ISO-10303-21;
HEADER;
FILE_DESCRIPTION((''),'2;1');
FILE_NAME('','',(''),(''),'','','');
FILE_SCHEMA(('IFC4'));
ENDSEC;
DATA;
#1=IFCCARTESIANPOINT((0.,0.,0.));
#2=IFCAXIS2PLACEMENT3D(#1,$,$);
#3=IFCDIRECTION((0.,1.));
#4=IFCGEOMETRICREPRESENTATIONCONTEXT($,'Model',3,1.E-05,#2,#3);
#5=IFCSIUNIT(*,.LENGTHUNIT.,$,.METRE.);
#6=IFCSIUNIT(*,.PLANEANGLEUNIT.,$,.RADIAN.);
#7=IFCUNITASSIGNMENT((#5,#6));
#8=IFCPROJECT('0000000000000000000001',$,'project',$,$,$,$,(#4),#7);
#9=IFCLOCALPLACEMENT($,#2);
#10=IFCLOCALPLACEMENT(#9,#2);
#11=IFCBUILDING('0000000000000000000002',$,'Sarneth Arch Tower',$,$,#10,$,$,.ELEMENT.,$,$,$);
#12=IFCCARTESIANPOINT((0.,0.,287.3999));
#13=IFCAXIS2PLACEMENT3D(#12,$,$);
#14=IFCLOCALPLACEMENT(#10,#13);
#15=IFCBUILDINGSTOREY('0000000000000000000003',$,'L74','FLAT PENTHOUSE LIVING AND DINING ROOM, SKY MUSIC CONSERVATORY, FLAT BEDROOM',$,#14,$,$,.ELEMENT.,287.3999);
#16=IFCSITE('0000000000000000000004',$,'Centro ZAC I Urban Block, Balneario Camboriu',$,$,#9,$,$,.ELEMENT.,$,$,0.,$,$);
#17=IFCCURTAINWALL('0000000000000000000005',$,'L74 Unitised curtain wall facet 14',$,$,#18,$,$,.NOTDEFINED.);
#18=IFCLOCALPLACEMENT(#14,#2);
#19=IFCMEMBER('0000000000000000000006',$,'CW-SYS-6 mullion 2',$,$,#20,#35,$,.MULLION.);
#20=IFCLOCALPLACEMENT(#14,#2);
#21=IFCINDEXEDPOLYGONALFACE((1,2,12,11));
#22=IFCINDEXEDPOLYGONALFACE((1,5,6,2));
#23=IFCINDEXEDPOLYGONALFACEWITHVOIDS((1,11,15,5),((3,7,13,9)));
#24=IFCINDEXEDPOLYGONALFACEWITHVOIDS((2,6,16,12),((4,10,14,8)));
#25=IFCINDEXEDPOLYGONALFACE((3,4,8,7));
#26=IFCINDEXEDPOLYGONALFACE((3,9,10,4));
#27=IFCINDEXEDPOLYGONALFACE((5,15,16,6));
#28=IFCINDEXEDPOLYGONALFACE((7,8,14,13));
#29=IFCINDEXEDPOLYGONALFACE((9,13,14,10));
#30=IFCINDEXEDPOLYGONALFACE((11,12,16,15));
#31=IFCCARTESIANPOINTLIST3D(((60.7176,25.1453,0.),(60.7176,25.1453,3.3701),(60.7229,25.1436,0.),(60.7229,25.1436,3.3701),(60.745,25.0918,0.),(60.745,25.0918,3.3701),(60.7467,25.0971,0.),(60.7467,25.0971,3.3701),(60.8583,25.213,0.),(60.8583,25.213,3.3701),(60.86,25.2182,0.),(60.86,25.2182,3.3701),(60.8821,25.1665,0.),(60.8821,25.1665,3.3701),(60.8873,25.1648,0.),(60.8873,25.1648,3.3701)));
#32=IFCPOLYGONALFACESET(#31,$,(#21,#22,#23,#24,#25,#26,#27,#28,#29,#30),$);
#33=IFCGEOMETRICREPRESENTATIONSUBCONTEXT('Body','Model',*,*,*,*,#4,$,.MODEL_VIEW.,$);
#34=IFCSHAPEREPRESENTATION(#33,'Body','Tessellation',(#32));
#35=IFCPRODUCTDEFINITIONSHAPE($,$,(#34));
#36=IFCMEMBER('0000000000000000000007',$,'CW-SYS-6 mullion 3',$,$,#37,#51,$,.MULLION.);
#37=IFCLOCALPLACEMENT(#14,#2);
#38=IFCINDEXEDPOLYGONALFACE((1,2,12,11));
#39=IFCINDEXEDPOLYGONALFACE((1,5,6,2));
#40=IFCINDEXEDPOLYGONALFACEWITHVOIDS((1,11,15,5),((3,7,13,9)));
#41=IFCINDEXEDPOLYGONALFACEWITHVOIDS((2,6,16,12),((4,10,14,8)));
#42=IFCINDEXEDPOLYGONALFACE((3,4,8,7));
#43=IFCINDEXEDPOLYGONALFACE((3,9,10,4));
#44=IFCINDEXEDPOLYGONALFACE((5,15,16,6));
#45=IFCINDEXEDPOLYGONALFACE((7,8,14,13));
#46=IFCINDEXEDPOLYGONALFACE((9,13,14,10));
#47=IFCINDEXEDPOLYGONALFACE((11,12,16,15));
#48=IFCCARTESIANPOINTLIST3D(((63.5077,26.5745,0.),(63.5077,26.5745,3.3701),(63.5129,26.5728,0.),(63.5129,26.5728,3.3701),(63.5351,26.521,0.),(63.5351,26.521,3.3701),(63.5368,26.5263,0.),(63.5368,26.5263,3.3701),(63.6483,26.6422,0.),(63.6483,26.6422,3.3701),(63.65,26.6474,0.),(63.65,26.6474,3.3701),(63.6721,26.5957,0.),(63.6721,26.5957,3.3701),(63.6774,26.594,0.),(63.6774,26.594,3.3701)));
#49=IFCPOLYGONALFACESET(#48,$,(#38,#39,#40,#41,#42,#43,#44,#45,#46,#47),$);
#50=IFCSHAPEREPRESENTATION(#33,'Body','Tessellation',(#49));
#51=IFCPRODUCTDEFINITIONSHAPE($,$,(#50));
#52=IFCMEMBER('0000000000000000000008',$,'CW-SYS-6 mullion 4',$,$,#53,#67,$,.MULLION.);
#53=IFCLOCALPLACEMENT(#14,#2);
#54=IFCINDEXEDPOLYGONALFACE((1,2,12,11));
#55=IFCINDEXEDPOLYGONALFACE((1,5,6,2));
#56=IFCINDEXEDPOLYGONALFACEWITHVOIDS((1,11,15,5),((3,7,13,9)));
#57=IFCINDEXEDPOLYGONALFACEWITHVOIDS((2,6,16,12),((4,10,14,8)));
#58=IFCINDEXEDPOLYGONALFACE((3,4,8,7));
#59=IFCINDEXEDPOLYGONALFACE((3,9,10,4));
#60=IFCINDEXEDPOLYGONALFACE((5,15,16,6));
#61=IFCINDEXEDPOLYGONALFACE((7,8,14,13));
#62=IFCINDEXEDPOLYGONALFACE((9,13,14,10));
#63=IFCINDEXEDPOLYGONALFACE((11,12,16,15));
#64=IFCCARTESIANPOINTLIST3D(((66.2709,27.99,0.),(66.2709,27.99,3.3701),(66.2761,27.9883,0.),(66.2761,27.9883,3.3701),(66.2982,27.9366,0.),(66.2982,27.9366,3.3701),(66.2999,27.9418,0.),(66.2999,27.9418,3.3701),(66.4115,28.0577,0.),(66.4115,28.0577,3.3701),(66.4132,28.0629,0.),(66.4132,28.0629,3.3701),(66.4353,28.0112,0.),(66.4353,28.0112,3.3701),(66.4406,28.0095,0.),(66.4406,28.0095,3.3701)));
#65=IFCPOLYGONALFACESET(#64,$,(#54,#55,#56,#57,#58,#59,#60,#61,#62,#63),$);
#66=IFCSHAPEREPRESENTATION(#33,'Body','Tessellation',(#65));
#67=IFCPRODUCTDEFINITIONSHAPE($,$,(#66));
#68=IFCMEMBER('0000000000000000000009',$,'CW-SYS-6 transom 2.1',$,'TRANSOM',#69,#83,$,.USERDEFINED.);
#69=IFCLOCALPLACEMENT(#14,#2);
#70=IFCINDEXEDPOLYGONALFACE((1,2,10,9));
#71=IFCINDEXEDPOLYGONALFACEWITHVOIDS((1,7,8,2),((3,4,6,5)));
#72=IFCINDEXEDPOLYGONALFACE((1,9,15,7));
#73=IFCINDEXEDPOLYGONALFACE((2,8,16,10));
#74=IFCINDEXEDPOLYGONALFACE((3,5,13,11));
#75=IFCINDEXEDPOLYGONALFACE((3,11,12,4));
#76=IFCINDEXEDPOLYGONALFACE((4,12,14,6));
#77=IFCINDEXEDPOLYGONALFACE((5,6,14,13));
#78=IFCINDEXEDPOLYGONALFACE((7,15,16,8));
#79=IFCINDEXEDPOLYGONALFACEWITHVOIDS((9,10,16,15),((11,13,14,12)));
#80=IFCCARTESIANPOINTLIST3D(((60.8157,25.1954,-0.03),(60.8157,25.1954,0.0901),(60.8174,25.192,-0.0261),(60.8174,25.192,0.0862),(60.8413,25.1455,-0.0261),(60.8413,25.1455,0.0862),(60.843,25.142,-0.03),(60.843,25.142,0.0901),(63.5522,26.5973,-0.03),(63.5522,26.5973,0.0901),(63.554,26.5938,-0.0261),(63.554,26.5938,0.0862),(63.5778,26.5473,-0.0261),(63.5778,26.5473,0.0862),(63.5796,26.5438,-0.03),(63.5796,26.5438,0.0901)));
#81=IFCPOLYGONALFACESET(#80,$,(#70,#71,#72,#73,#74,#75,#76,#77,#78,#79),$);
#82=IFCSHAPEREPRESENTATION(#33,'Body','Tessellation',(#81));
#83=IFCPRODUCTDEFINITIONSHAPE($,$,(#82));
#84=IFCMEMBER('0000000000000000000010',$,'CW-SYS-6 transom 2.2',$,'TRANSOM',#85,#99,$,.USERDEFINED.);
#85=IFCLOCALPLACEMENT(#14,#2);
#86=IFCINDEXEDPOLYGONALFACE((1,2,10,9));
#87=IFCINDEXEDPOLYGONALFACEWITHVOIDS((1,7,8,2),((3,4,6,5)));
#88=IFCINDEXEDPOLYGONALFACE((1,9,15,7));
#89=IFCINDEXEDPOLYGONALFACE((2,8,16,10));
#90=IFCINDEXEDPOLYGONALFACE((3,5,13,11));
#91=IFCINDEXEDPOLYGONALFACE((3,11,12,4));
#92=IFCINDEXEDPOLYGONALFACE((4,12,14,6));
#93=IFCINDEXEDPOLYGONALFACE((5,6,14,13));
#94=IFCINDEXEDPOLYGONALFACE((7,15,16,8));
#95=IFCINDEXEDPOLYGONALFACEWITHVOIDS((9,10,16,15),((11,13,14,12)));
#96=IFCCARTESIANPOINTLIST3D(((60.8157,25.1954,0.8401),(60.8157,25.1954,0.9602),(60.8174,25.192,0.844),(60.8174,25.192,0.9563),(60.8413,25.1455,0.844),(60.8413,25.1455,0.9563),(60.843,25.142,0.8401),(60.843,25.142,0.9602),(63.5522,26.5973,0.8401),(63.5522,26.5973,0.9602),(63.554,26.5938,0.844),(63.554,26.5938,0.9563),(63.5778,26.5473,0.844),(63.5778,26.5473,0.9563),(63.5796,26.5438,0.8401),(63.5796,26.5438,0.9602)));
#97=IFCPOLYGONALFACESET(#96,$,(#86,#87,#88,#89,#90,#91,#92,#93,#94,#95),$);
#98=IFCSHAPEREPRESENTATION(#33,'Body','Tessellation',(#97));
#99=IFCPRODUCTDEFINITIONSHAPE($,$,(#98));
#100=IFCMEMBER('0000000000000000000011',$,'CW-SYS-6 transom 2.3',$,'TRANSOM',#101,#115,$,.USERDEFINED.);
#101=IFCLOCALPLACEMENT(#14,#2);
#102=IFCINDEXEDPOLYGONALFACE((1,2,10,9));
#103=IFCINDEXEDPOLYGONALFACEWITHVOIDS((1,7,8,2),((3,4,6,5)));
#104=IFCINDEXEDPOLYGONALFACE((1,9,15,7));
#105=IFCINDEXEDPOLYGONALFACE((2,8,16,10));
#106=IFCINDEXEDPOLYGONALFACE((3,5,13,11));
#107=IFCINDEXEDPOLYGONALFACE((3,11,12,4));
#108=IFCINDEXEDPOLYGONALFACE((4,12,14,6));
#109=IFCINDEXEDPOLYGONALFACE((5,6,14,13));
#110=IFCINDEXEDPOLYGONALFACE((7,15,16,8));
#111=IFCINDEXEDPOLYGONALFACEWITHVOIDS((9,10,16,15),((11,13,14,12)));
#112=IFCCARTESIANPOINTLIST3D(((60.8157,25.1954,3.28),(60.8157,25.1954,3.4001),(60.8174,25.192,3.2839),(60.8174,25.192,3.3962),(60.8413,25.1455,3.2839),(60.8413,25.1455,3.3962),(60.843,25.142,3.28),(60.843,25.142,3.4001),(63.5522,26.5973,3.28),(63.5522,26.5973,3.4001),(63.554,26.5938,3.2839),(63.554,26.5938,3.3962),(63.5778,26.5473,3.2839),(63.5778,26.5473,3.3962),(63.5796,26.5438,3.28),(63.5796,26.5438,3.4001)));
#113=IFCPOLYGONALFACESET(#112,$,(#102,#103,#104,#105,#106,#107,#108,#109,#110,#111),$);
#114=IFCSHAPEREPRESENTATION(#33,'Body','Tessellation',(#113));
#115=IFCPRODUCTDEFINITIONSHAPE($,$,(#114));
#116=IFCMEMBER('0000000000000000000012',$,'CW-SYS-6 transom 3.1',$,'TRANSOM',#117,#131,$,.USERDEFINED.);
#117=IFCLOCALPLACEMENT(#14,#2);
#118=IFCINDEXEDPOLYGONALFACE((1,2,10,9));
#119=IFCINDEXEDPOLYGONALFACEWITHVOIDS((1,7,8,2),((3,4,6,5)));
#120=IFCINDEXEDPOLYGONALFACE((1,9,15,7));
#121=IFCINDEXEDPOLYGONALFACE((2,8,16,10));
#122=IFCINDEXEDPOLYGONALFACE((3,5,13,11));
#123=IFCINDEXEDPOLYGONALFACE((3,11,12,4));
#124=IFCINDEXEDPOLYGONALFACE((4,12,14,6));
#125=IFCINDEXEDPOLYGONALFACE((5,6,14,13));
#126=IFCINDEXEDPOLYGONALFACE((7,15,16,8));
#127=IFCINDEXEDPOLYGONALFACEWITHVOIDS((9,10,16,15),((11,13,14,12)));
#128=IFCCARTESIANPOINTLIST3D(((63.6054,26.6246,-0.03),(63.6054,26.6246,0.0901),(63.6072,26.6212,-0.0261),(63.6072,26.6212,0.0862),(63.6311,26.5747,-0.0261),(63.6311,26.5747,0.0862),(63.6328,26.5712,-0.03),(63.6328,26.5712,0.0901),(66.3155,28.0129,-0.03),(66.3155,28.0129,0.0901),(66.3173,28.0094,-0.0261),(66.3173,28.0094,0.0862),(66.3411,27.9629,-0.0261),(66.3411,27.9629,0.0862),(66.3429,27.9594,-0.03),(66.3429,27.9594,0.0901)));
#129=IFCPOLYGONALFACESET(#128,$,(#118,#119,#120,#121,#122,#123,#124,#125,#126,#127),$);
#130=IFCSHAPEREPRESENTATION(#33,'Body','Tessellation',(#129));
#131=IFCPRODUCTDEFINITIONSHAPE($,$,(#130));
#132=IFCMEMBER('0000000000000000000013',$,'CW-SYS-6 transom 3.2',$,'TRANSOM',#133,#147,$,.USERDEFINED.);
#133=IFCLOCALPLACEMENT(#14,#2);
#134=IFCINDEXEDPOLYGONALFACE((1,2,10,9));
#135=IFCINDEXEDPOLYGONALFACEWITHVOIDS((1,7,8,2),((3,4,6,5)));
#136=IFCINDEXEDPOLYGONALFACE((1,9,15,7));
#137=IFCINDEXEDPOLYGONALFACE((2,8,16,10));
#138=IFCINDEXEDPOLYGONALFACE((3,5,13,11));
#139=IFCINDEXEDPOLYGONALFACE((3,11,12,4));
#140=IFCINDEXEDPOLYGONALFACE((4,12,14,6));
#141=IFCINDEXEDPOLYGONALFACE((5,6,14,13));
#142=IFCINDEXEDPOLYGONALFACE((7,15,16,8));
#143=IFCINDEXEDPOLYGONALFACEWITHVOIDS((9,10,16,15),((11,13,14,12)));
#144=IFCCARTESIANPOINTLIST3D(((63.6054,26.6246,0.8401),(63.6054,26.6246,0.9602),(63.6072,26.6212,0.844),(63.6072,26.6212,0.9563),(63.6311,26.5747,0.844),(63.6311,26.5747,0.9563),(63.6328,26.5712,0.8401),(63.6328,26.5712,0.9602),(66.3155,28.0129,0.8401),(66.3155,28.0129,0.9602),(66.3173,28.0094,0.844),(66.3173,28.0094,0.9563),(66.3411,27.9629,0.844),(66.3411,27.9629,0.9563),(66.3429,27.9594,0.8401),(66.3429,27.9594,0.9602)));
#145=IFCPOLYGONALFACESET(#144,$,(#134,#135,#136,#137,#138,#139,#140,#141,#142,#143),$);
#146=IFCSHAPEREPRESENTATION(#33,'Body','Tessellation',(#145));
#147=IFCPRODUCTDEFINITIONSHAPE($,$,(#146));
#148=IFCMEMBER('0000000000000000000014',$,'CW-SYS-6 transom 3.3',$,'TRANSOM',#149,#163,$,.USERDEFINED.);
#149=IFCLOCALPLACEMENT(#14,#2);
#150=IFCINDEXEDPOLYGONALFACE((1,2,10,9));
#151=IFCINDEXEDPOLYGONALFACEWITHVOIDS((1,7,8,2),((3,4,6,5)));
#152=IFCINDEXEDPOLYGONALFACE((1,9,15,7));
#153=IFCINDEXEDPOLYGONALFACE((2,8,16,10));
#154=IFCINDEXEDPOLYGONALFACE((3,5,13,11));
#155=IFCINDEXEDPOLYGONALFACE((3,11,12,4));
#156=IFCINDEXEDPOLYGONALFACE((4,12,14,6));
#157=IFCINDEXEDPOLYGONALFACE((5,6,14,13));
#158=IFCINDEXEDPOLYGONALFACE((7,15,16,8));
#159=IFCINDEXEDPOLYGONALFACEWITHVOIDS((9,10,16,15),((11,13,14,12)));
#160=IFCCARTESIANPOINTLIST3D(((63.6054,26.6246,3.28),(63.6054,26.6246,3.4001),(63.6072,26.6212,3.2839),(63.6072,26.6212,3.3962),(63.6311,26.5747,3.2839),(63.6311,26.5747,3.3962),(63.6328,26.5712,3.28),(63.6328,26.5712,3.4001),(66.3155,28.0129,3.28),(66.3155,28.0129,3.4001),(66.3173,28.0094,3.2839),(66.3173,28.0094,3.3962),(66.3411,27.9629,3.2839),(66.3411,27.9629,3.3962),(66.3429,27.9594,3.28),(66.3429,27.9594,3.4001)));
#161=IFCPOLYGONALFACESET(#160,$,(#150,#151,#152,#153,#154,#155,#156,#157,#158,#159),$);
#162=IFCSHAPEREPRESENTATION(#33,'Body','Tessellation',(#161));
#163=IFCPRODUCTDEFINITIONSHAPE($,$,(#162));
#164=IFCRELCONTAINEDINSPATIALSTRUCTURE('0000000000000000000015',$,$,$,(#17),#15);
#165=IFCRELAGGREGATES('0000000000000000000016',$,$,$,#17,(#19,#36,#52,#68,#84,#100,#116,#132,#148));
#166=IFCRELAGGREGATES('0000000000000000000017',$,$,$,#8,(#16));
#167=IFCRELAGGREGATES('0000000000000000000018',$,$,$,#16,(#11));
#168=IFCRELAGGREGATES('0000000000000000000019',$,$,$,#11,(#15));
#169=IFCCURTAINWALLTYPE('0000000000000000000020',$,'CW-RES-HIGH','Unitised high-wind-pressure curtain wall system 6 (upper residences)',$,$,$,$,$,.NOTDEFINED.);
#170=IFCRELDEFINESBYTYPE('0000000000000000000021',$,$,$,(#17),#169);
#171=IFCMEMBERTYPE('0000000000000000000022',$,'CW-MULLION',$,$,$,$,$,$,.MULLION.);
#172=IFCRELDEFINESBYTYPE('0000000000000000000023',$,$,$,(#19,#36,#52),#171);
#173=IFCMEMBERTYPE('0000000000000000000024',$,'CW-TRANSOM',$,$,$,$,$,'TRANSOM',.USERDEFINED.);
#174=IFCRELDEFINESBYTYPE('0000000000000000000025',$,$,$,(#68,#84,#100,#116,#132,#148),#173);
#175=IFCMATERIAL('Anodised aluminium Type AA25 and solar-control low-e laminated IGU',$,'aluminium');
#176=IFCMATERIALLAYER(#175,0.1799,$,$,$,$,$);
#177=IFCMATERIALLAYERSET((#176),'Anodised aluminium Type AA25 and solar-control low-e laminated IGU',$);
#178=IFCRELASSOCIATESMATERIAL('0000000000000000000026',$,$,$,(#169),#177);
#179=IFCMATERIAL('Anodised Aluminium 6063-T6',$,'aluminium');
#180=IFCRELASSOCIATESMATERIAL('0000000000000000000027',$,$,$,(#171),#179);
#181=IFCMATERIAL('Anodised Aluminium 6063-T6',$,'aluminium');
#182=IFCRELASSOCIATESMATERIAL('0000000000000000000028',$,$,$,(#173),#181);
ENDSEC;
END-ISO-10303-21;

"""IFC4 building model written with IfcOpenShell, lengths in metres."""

from ifc_helpers import new_model, si_unit, direction, frame, origin, origin_2d, place, context, subcontext, project, spatial, hollow_rectangle, extrude, material, layer, layer_set, material_profile, profile_set, type_object, element, aggregate, save


model = new_model("IFC4")

# Units and contexts
model_context = context("Model", 3, precision=1e-05, world=origin(), true_north=direction((0.0, 1.0)))
body_context = subcontext(model_context, "Body", "Model", "MODEL_VIEW")
ifc_project = project(units=[si_unit("LENGTHUNIT", "METRE"), si_unit("PLANEANGLEUNIT", "RADIAN")], contexts=[model_context])

# Site, building, storey
site_placement = place(None, origin())
site = spatial("IfcSite", under=ifc_project, at=site_placement, Name="Centro ZAC I Urban Block, Balneario Camboriu", CompositionType="ELEMENT", RefElevation=0.0)
building_placement = place(site_placement, origin())
building = spatial("IfcBuilding", under=site, at=building_placement, Name="Sarneth Arch Tower", CompositionType="ELEMENT")
storey_placement = place(building_placement, frame((0.0, 0.0, 287.3999)))
storey = spatial("IfcBuildingStorey", under=building, at=storey_placement, Name="L74", Description="FLAT PENTHOUSE LIVING AND DINING ROOM, SKY MUSIC CONSERVATORY, FLAT BEDROOM", CompositionType="ELEMENT", Elevation=287.3999)

# Curtain wall, members
ifc_material_1 = material(Name="Anodised aluminium Type AA25 and solar-control low-e laminated IGU", Category="aluminium")
ifc_layer_1 = layer(ifc_material_1, 0.1799)
ifc_layer_set_1 = layer_set([ifc_layer_1], Name="Anodised aluminium Type AA25 and solar-control low-e laminated IGU")
curtain_wall_type = type_object("IfcCurtainWallType", Name="CW-RES-HIGH", Description="Unitised high-wind-pressure curtain wall system 6 (upper residences)", PredefinedType="NOTDEFINED", material=ifc_layer_set_1)
curtain_wall_placement = place(storey_placement, origin())
curtain_wall = element("IfcCurtainWall", 1, at=curtain_wall_placement, inside=storey, type_object=curtain_wall_type, Name="L74 Unitised curtain wall facet 14", PredefinedType="NOTDEFINED")
ifc_material_2 = material(Name="Anodised Aluminium 6063-T6", Category="aluminium")
ifc_material_profile_1 = material_profile(ifc_material_2, hollow_rectangle(XDim=0.0601, YDim=0.1599, WallThickness=0.0039, at=origin_2d()), Name="AL-MULL-160x60x4")
ifc_profile_set_1 = profile_set([ifc_material_profile_1], Name="Anodised Aluminium 6063-T6")
member_type_1 = type_object("IfcMemberType", Name="CW-MULLION", PredefinedType="MULLION", material=ifc_profile_set_1)
member_1_placement = place(storey_placement, frame((60.8025, 25.155, 0.0), z_axis=(0.0, 0.0, 1.0), x_axis=(-0.455942, 0.89001, 0.0)))
member_1 = element("IfcMember", 2, at=member_1_placement, type_object=member_type_1, Name="CW-SYS-6 mullion 2", PredefinedType="MULLION", context=body_context, shape_type="SweptSolid", body=[
    extrude(hollow_rectangle(XDim=0.0601, YDim=0.1599, WallThickness=0.0039, at=origin_2d()), origin(), (0.0, 0.0, 1.0), 3.3701),
])
member_2_placement = place(storey_placement, frame((63.5925, 26.5842, 0.0), z_axis=(0.0, 0.0, 1.0), x_axis=(-0.455942, 0.89001, 0.0)))
member_2 = element("IfcMember", 3, at=member_2_placement, type_object=member_type_1, Name="CW-SYS-6 mullion 3", PredefinedType="MULLION", context=body_context, shape_type="SweptSolid", body=[
    extrude(hollow_rectangle(XDim=0.0601, YDim=0.1599, WallThickness=0.0039, at=origin_2d()), origin(), (0.0, 0.0, 1.0), 3.3701),
])
member_3_placement = place(storey_placement, frame((66.3557, 27.9998, 0.0), z_axis=(0.0, 0.0, 1.0), x_axis=(-0.455942, 0.89001, 0.0)))
member_3 = element("IfcMember", 4, at=member_3_placement, type_object=member_type_1, Name="CW-SYS-6 mullion 4", PredefinedType="MULLION", context=body_context, shape_type="SweptSolid", body=[
    extrude(hollow_rectangle(XDim=0.0601, YDim=0.1599, WallThickness=0.0039, at=origin_2d()), origin(), (0.0, 0.0, 1.0), 3.3701),
])
ifc_material_3 = material(Name="Anodised Aluminium 6063-T6", Category="aluminium")
ifc_material_profile_2 = material_profile(ifc_material_3, hollow_rectangle(XDim=0.0601, YDim=0.1201, WallThickness=0.0039, at=origin_2d()), Name="AL-TRAN-120x60x4")
ifc_profile_set_2 = profile_set([ifc_material_profile_2], Name="Anodised Aluminium 6063-T6")
member_type_2 = type_object("IfcMemberType", Name="CW-TRANSOM", ElementType="TRANSOM", PredefinedType="USERDEFINED", material=ifc_profile_set_2)
member_4_placement = place(storey_placement, frame((60.8293, 25.1687, 0.03), z_axis=(0.890017, 0.455926, 0.0), x_axis=(-0.455926, 0.890017, 0.0)))
member_4 = element("IfcMember", 5, at=member_4_placement, type_object=member_type_2, Name="CW-SYS-6 transom 2.1", ObjectType="TRANSOM", PredefinedType="USERDEFINED", context=body_context, shape_type="SweptSolid", body=[
    extrude(hollow_rectangle(XDim=0.0601, YDim=0.1201, WallThickness=0.0039, at=origin_2d()), origin(), (0.0, 0.0, 1.0), 3.0747),
])
member_5_placement = place(storey_placement, frame((60.8293, 25.1687, 0.9001), z_axis=(0.890017, 0.455926, 0.0), x_axis=(-0.455926, 0.890017, 0.0)))
member_5 = element("IfcMember", 6, at=member_5_placement, type_object=member_type_2, Name="CW-SYS-6 transom 2.2", ObjectType="TRANSOM", PredefinedType="USERDEFINED", context=body_context, shape_type="SweptSolid", body=[
    extrude(hollow_rectangle(XDim=0.0601, YDim=0.1201, WallThickness=0.0039, at=origin_2d()), origin(), (0.0, 0.0, 1.0), 3.0747),
])
member_6_placement = place(storey_placement, frame((60.8293, 25.1687, 3.3401), z_axis=(0.890017, 0.455926, 0.0), x_axis=(-0.455926, 0.890017, 0.0)))
member_6 = element("IfcMember", 7, at=member_6_placement, type_object=member_type_2, Name="CW-SYS-6 transom 2.3", ObjectType="TRANSOM", PredefinedType="USERDEFINED", context=body_context, shape_type="SweptSolid", body=[
    extrude(hollow_rectangle(XDim=0.0601, YDim=0.1201, WallThickness=0.0039, at=origin_2d()), origin(), (0.0, 0.0, 1.0), 3.0747),
])
member_7_placement = place(storey_placement, frame((63.6191, 26.5979, 0.03), z_axis=(0.890023, 0.455916, 0.0), x_axis=(-0.455916, 0.890023, 0.0)))
member_7 = element("IfcMember", 8, at=member_7_placement, type_object=member_type_2, Name="CW-SYS-6 transom 3.1", ObjectType="TRANSOM", PredefinedType="USERDEFINED", context=body_context, shape_type="SweptSolid", body=[
    extrude(hollow_rectangle(XDim=0.0601, YDim=0.1201, WallThickness=0.0039, at=origin_2d()), origin(), (0.0, 0.0, 1.0), 3.0449),
])
member_8_placement = place(storey_placement, frame((63.6191, 26.5979, 0.9001), z_axis=(0.890023, 0.455916, 0.0), x_axis=(-0.455916, 0.890023, 0.0)))
member_8 = element("IfcMember", 9, at=member_8_placement, type_object=member_type_2, Name="CW-SYS-6 transom 3.2", ObjectType="TRANSOM", PredefinedType="USERDEFINED", context=body_context, shape_type="SweptSolid", body=[
    extrude(hollow_rectangle(XDim=0.0601, YDim=0.1201, WallThickness=0.0039, at=origin_2d()), origin(), (0.0, 0.0, 1.0), 3.0449),
])
member_9_placement = place(storey_placement, frame((63.6191, 26.5979, 3.3401), z_axis=(0.890023, 0.455916, 0.0), x_axis=(-0.455916, 0.890023, 0.0)))
member_9 = element("IfcMember", 10, at=member_9_placement, type_object=member_type_2, Name="CW-SYS-6 transom 3.3", ObjectType="TRANSOM", PredefinedType="USERDEFINED", context=body_context, shape_type="SweptSolid", body=[
    extrude(hollow_rectangle(XDim=0.0601, YDim=0.1201, WallThickness=0.0039, at=origin_2d()), origin(), (0.0, 0.0, 1.0), 3.0449),
])

aggregate(curtain_wall, [member_1, member_2, member_3, member_4, member_5, member_6, member_7, member_8, member_9])

save(model, "model.ifc")
